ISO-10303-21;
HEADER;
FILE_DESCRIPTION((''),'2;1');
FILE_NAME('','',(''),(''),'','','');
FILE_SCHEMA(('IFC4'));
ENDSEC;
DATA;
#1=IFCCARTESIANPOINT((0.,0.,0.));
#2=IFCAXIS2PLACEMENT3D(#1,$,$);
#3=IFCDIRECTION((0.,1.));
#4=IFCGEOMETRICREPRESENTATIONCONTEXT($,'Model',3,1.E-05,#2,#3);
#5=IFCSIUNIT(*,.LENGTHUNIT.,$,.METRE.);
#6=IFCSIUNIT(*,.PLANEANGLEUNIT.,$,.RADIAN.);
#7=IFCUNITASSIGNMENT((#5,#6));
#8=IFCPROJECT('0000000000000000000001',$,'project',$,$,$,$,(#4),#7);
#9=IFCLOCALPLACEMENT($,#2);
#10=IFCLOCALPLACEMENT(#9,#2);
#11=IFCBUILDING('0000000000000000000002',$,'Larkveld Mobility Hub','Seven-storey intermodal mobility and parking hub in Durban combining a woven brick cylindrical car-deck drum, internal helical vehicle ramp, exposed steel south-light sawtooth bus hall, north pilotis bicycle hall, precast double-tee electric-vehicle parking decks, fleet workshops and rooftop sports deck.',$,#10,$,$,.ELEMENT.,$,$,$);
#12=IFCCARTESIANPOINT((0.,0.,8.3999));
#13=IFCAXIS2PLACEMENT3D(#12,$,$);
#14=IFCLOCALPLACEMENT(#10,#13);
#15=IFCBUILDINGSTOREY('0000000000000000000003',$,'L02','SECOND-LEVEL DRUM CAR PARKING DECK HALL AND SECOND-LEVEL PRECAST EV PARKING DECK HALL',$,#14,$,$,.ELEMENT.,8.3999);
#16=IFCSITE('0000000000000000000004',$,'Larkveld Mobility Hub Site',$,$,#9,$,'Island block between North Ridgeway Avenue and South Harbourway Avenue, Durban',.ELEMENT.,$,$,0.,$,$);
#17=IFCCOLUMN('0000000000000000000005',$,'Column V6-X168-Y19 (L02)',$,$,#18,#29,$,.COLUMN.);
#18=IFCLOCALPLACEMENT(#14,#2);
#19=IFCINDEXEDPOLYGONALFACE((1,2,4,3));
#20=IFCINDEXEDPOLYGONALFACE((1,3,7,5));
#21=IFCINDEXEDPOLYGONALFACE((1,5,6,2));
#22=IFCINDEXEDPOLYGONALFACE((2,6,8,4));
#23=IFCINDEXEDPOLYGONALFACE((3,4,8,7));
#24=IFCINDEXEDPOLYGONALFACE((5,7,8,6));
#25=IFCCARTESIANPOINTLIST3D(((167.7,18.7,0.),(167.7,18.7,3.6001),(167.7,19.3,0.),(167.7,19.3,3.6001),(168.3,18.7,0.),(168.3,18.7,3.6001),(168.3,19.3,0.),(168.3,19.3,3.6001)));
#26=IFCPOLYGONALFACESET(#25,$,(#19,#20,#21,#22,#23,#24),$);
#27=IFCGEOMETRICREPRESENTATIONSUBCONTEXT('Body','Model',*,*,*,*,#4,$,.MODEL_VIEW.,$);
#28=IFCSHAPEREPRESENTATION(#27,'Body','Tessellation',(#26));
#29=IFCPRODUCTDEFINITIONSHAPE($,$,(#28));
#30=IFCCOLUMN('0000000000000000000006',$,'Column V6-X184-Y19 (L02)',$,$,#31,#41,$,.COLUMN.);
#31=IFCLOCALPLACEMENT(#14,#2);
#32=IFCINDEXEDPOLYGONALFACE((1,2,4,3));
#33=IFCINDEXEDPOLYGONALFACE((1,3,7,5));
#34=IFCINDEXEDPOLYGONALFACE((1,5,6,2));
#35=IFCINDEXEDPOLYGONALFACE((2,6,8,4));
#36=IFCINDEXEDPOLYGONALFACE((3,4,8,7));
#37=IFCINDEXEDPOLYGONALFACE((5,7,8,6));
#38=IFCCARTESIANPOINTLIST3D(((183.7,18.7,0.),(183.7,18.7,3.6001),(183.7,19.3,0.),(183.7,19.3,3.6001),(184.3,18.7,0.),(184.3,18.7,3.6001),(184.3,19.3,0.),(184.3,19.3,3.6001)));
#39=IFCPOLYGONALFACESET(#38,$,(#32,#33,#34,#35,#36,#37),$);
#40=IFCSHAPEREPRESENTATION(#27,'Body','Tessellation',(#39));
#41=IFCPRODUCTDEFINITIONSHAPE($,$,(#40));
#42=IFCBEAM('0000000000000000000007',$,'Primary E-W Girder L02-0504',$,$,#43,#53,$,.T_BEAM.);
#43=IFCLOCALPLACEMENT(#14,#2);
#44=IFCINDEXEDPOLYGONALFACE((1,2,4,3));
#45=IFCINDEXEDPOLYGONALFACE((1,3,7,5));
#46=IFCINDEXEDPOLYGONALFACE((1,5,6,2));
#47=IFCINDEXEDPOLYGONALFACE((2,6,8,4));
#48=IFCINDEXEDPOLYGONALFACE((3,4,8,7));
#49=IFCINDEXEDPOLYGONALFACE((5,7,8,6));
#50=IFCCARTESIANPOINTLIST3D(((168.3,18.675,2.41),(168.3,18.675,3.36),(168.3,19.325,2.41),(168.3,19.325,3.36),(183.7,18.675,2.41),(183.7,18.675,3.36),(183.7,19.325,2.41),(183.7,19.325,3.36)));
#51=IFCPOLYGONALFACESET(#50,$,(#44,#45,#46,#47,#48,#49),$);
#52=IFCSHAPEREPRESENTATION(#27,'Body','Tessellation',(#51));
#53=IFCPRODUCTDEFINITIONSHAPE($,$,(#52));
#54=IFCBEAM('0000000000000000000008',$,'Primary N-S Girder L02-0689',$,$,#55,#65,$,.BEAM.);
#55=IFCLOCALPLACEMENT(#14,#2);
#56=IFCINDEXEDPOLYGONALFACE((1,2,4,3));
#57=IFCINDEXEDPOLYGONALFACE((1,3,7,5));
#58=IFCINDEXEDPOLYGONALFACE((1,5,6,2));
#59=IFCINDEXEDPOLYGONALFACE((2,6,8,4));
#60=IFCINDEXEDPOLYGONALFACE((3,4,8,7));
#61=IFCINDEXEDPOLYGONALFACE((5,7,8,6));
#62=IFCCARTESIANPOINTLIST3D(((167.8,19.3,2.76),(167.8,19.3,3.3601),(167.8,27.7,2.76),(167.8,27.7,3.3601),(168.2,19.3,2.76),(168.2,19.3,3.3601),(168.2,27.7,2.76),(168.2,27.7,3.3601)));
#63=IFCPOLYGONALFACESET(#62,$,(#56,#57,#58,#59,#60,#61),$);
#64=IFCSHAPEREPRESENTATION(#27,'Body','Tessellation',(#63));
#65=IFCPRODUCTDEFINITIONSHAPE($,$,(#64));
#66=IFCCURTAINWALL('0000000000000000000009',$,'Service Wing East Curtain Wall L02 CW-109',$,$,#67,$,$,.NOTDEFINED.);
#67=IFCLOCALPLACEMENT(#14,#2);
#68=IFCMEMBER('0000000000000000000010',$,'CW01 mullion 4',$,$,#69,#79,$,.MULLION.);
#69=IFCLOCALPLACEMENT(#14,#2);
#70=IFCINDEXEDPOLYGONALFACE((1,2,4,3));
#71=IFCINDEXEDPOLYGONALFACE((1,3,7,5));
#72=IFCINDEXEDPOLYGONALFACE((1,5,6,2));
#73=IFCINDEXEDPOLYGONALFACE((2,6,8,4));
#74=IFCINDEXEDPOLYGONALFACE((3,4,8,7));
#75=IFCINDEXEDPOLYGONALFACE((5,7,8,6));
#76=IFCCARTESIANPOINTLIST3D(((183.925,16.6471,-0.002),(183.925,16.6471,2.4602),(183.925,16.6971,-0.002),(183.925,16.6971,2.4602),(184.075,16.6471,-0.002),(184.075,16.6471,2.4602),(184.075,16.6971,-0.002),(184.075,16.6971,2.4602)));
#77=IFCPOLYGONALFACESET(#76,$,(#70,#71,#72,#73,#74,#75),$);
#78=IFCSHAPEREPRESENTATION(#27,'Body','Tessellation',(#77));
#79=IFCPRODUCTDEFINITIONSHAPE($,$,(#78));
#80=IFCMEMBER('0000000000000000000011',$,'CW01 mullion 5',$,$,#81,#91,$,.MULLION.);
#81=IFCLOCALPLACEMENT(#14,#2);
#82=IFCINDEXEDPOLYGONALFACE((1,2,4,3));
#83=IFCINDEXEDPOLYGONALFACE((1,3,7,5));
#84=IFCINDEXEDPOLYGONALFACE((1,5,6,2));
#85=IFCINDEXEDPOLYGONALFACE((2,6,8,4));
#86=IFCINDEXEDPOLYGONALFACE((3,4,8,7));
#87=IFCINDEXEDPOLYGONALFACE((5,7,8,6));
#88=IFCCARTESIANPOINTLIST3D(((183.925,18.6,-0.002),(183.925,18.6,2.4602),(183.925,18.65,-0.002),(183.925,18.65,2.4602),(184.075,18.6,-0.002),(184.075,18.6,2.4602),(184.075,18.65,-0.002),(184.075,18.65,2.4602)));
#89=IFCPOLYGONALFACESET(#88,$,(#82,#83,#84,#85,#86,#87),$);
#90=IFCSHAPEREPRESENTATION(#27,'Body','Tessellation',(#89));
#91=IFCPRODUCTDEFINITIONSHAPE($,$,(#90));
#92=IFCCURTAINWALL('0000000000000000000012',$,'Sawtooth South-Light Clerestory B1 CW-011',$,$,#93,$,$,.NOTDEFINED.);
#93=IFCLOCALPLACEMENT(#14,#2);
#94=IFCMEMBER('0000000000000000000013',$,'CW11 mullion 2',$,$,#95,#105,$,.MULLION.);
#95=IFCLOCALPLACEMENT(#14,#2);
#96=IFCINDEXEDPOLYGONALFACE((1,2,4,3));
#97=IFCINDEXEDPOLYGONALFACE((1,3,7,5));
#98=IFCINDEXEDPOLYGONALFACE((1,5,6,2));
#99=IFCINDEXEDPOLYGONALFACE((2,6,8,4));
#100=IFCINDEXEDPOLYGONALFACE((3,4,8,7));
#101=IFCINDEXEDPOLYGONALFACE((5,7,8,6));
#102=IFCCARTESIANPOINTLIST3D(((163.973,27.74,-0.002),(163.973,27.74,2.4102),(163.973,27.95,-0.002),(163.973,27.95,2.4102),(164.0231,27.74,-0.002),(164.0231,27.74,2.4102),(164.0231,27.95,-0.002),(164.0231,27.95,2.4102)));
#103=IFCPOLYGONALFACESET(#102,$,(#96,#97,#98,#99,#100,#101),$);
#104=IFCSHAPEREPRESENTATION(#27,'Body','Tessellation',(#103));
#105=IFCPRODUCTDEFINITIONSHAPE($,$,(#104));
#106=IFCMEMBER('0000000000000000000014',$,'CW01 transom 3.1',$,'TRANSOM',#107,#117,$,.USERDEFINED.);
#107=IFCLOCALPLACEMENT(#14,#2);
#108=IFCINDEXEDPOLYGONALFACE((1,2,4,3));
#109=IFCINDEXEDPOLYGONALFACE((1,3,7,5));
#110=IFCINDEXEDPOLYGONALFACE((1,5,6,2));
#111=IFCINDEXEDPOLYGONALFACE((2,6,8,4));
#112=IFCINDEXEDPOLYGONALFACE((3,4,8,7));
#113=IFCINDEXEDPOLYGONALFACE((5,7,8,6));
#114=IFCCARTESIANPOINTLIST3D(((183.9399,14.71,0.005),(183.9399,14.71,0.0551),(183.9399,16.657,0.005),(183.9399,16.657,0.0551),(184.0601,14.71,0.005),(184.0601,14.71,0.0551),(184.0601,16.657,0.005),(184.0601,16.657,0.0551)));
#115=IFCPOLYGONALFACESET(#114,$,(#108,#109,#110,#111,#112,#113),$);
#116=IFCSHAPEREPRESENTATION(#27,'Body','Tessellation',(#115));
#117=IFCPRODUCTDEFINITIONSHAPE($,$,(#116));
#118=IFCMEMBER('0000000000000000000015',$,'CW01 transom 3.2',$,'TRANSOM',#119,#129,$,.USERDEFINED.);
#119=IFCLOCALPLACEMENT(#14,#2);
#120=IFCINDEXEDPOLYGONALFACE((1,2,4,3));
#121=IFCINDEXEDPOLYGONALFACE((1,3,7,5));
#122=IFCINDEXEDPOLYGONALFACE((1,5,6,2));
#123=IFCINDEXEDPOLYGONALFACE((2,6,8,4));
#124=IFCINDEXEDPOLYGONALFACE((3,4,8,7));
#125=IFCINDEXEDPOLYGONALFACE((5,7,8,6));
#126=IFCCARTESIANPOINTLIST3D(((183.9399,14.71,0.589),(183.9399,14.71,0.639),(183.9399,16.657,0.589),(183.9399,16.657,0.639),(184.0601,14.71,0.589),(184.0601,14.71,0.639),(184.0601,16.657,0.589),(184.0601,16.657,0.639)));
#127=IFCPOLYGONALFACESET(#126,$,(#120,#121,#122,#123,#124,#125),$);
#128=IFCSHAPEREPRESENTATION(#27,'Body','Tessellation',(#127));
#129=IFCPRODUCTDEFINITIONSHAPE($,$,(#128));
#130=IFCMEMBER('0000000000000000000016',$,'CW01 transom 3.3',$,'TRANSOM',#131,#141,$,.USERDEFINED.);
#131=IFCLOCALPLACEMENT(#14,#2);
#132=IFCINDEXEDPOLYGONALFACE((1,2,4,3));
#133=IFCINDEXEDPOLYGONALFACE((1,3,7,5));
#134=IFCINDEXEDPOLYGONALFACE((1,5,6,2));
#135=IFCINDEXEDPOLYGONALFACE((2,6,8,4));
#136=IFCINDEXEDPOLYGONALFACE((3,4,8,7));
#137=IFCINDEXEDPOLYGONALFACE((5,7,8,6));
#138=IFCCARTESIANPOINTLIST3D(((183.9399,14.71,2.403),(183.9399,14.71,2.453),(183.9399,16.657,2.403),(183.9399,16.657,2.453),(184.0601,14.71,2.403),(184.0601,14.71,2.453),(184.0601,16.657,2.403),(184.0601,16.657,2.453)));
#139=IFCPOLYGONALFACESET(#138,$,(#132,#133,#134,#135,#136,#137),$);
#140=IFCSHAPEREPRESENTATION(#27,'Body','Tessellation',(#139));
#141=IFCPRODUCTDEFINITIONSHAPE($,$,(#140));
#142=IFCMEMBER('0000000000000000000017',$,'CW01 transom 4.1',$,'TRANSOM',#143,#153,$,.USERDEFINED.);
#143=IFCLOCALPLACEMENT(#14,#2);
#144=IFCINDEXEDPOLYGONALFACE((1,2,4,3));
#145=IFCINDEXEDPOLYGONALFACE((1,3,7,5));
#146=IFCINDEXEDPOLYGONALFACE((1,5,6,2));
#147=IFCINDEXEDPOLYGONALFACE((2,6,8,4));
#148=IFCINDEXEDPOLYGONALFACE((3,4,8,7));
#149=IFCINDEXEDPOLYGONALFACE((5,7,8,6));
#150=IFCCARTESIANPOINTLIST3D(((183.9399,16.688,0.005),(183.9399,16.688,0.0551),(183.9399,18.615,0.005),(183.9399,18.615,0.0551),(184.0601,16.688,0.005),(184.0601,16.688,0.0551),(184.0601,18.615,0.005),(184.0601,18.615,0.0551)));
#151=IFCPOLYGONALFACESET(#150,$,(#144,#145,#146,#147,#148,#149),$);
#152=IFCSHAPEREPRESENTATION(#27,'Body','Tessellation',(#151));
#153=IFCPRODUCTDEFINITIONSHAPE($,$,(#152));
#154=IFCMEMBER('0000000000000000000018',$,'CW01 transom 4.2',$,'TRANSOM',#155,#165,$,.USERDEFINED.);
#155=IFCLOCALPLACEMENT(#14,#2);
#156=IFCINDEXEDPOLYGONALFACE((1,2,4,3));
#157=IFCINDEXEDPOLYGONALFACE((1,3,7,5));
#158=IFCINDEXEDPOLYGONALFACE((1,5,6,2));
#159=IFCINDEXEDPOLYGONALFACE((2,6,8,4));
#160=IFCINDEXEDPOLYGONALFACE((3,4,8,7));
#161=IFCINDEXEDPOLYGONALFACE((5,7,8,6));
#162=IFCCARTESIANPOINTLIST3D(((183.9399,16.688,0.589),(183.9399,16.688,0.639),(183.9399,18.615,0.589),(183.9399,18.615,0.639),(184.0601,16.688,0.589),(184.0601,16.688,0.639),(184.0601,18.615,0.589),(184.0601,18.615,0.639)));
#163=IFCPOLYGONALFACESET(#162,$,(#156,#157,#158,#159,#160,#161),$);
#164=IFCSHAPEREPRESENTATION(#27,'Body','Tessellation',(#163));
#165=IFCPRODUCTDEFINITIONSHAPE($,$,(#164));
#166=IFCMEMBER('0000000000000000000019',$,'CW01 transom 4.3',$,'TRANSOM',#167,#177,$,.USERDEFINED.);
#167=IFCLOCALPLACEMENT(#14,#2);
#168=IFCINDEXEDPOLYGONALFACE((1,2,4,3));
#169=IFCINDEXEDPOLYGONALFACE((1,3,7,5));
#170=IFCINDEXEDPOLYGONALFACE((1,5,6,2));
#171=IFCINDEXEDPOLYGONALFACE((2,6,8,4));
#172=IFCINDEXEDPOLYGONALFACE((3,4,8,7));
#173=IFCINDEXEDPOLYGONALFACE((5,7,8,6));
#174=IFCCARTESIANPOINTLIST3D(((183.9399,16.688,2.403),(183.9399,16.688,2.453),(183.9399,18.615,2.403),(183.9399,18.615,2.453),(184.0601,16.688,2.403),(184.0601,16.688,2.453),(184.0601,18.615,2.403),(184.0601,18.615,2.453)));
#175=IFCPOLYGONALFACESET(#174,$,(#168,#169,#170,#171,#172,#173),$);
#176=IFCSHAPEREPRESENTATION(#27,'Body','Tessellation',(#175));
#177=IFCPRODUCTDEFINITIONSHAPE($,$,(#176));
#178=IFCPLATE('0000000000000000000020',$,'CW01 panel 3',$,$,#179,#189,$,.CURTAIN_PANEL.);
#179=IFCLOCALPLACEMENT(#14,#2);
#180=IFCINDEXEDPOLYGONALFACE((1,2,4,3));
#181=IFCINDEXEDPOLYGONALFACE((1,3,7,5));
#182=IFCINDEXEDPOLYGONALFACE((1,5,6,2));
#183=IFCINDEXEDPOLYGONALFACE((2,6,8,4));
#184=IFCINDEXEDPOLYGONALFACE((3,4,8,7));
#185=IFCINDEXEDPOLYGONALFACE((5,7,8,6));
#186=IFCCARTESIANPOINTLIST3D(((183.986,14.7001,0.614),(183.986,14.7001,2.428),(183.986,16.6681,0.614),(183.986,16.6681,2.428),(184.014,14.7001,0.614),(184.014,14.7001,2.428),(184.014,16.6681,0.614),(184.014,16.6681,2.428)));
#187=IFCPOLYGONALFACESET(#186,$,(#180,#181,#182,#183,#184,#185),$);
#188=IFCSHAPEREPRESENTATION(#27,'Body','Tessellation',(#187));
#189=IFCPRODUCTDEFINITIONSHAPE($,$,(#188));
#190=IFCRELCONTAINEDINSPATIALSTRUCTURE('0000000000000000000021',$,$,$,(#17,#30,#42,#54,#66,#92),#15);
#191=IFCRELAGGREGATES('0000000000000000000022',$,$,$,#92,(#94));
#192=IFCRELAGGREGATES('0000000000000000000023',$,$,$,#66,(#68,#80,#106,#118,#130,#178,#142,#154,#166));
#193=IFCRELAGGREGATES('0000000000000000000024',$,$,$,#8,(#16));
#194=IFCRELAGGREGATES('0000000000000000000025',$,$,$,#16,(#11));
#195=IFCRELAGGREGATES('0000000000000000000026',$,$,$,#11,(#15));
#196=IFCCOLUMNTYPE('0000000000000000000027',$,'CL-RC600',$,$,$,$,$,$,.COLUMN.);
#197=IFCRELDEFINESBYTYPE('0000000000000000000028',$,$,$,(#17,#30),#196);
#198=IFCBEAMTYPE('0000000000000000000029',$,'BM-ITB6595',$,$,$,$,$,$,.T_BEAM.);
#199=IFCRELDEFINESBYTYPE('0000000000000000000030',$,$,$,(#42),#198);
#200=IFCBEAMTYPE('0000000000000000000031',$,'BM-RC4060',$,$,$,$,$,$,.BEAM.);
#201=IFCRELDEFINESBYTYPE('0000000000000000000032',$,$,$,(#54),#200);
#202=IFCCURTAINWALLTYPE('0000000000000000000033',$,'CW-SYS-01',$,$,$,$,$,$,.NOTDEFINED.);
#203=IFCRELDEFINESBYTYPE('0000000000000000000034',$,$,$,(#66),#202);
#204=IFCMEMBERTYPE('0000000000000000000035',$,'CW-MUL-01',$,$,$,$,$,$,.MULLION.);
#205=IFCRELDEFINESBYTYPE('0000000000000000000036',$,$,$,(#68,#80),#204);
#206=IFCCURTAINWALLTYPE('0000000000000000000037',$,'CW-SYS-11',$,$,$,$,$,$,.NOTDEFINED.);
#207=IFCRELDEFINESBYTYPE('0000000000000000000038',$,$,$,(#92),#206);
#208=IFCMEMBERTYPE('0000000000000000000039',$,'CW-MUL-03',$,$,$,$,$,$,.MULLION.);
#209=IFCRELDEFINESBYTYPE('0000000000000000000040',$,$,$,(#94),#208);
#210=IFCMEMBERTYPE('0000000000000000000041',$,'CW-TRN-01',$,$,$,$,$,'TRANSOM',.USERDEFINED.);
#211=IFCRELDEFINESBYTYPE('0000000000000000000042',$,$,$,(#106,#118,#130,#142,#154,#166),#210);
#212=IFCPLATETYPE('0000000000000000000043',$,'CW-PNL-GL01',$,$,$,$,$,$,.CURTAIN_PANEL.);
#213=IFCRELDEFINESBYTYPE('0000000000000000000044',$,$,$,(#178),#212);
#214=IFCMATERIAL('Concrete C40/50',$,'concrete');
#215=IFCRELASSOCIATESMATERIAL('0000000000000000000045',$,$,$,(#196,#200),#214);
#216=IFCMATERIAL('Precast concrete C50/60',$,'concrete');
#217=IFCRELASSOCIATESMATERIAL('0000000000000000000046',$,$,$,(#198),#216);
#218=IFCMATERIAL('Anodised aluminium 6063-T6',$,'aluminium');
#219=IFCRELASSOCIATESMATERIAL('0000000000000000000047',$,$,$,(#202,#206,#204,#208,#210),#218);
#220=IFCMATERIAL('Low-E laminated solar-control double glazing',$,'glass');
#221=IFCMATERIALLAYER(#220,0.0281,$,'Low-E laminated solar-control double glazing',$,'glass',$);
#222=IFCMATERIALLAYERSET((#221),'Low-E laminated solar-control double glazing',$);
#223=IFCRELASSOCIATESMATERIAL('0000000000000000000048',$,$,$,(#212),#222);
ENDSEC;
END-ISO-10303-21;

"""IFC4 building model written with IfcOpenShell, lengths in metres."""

from ifc_helpers import new_model, si_unit, direction, frame, origin, origin_2d, place, context, subcontext, project, spatial, rectangle, extrude, material, layer, layer_set, material_profile, profile_set, type_object, element, aggregate, save


model = new_model("IFC4")

# Units and contexts
model_context = context("Model", 3, precision=1e-05, world=origin(), true_north=direction((0.0, 1.0)))
body_context = subcontext(model_context, "Body", "Model", "MODEL_VIEW")
ifc_project = project(units=[si_unit("LENGTHUNIT", "METRE"), si_unit("PLANEANGLEUNIT", "RADIAN")], contexts=[model_context])

# Site, building, storey
site_placement = place(None, origin())
site = spatial("IfcSite", under=ifc_project, at=site_placement, Name="Larkveld Mobility Hub Site", LongName="Island block between North Ridgeway Avenue and South Harbourway Avenue, Durban", CompositionType="ELEMENT", RefElevation=0.0)
building_placement = place(site_placement, origin())
building = spatial("IfcBuilding", under=site, at=building_placement, Name="Larkveld Mobility Hub", Description="Seven-storey intermodal mobility and parking hub in Durban combining a woven brick cylindrical car-deck drum, internal helical vehicle ramp, exposed steel south-light sawtooth bus hall, north pilotis bicycle hall, precast double-tee electric-vehicle parking decks, fleet workshops and rooftop sports deck.", CompositionType="ELEMENT")
storey_placement = place(building_placement, frame((0.0, 0.0, 8.3999)))
storey = spatial("IfcBuildingStorey", under=building, at=storey_placement, Name="L02", Description="SECOND-LEVEL DRUM CAR PARKING DECK HALL AND SECOND-LEVEL PRECAST EV PARKING DECK HALL", CompositionType="ELEMENT", Elevation=8.3999)

# Columns
ifc_material_1 = material(Name="Concrete C40/50", Category="concrete")
ifc_material_profile_1 = material_profile(ifc_material_1, rectangle(XDim=0.6001, YDim=0.6001, at=origin_2d()), Name="RC COL 600x600")
ifc_profile_set_1 = profile_set([ifc_material_profile_1], Name="Concrete C40/50")
column_type = type_object("IfcColumnType", Name="CL-RC600", PredefinedType="COLUMN", material=ifc_profile_set_1)
for number, where, z_axis, x_axis, name in (
    (1, (168.0, 19.0, 0.0), (0.0, 0.0, 1.0), (1.0, 0.0, 0.0), "Column V6-X168-Y19 (L02)"),
    (2, (184.0, 19.0, 0.0), (0.0, 0.0, 1.0), (1.0, 0.0, 0.0), "Column V6-X184-Y19 (L02)"),
):
    element("IfcColumn", number, at=place(storey_placement, frame(where, z_axis=z_axis, x_axis=x_axis)), inside=storey, type_object=column_type, Name=name, PredefinedType="COLUMN", context=body_context, shape_type="SweptSolid", body=[
        extrude(rectangle(XDim=0.6001, YDim=0.6001, at=origin_2d()), origin(), (0.0, 0.0, 1.0), 3.6001),
    ])

# Beams
ifc_material_2 = material(Name="Precast concrete C50/60", Category="concrete")
ifc_material_profile_2 = material_profile(ifc_material_2, rectangle(XDim=0.6499, YDim=0.95, at=origin_2d()), Name="PC ITB 650x950")
ifc_profile_set_2 = profile_set([ifc_material_profile_2], Name="Precast concrete C50/60")
beam_type_1 = type_object("IfcBeamType", Name="BM-ITB6595", PredefinedType="T_BEAM", material=ifc_profile_set_2)
beam_1_placement = place(storey_placement, frame((168.3, 19.0, 2.885), z_axis=(1.0, 0.0, 0.0), x_axis=(0.0, 1.0, 0.0)))
element("IfcBeam", 3, at=beam_1_placement, inside=storey, type_object=beam_type_1, Name="Primary E-W Girder L02-0504", PredefinedType="T_BEAM", context=body_context, shape_type="SweptSolid", body=[
    extrude(rectangle(XDim=0.6499, YDim=0.95, at=origin_2d()), origin(), (0.0, 0.0, 1.0), 15.3999),
])
ifc_material_profile_3 = material_profile(ifc_material_1, rectangle(XDim=0.3999, YDim=0.6001, at=origin_2d()), Name="RC BM 400x600")
ifc_profile_set_3 = profile_set([ifc_material_profile_3], Name="Concrete C40/50")
beam_type_2 = type_object("IfcBeamType", Name="BM-RC4060", PredefinedType="BEAM", material=ifc_profile_set_3)
beam_2_placement = place(storey_placement, frame((168.0, 19.3, 3.0601), z_axis=(0.0, 1.0, 0.0), x_axis=(-1.0, 0.0, 0.0)))
element("IfcBeam", 4, at=beam_2_placement, inside=storey, type_object=beam_type_2, Name="Primary N-S Girder L02-0689", PredefinedType="BEAM", context=body_context, shape_type="SweptSolid", body=[
    extrude(rectangle(XDim=0.3999, YDim=0.6001, at=origin_2d()), origin(), (0.0, 0.0, 1.0), 8.3999),
])

# Curtain wall, members
ifc_material_3 = material(Name="Anodised aluminium 6063-T6", Category="aluminium")
curtain_wall_type_1 = type_object("IfcCurtainWallType", Name="CW-SYS-01", PredefinedType="NOTDEFINED", material=ifc_material_3)
curtain_wall_1_placement = place(storey_placement, origin())
curtain_wall_1 = element("IfcCurtainWall", 5, at=curtain_wall_1_placement, inside=storey, type_object=curtain_wall_type_1, Name="Service Wing East Curtain Wall L02 CW-109", PredefinedType="NOTDEFINED")
ifc_material_profile_4 = material_profile(ifc_material_3, rectangle(XDim=0.05, YDim=0.1499, at=origin_2d()), Name="ALU MULL 50x150")
ifc_profile_set_4 = profile_set([ifc_material_profile_4], Name="Anodised aluminium 6063-T6")
member_type_1 = type_object("IfcMemberType", Name="CW-MUL-01", PredefinedType="MULLION", material=ifc_profile_set_4)
member_1_placement = place(storey_placement, frame((184.0, 16.6721, -0.002), z_axis=(0.0, 0.0, 1.0), x_axis=(0.0, 1.0, 0.0)))
member_1 = element("IfcMember", 6, at=member_1_placement, type_object=member_type_1, Name="CW01 mullion 4", PredefinedType="MULLION", context=body_context, shape_type="SweptSolid", body=[
    extrude(rectangle(XDim=0.05, YDim=0.1499, at=origin_2d()), origin(), (0.0, 0.0, 1.0), 2.4622),
])
member_2_placement = place(storey_placement, frame((184.0, 18.625, -0.002), z_axis=(0.0, 0.0, 1.0), x_axis=(0.0, 1.0, 0.0)))
member_2 = element("IfcMember", 7, at=member_2_placement, type_object=member_type_1, Name="CW01 mullion 5", PredefinedType="MULLION", context=body_context, shape_type="SweptSolid", body=[
    extrude(rectangle(XDim=0.05, YDim=0.1499, at=origin_2d()), origin(), (0.0, 0.0, 1.0), 2.4622),
])

# Curtain wall, member
curtain_wall_type_2 = type_object("IfcCurtainWallType", Name="CW-SYS-11", PredefinedType="NOTDEFINED", material=ifc_material_3)
curtain_wall_2_placement = place(storey_placement, origin())
curtain_wall_2 = element("IfcCurtainWall", 8, at=curtain_wall_2_placement, inside=storey, type_object=curtain_wall_type_2, Name="Sawtooth South-Light Clerestory B1 CW-011", PredefinedType="NOTDEFINED")
ifc_material_profile_5 = material_profile(ifc_material_3, rectangle(XDim=0.05, YDim=0.21, at=origin_2d()), Name="ALU MULL 50x210")
ifc_profile_set_5 = profile_set([ifc_material_profile_5], Name="Anodised aluminium 6063-T6")
member_type_2 = type_object("IfcMemberType", Name="CW-MUL-03", PredefinedType="MULLION", material=ifc_profile_set_5)
member_3_placement = place(storey_placement, frame((163.998, 27.845, -0.002), z_axis=(0.0, 0.0, 1.0), x_axis=(1.0, 0.0, 0.0)))
member_3 = element("IfcMember", 9, at=member_3_placement, type_object=member_type_2, Name="CW11 mullion 2", PredefinedType="MULLION", context=body_context, shape_type="SweptSolid", body=[
    extrude(rectangle(XDim=0.05, YDim=0.21, at=origin_2d()), origin(), (0.0, 0.0, 1.0), 2.4121),
])
aggregate(curtain_wall_2, [member_3])

# Members
ifc_material_profile_6 = material_profile(ifc_material_3, rectangle(XDim=0.1201, YDim=0.05, at=origin_2d()), Name="ALU TRAN 50x120")
ifc_profile_set_6 = profile_set([ifc_material_profile_6], Name="Anodised aluminium 6063-T6")
member_type_3 = type_object("IfcMemberType", Name="CW-TRN-01", ElementType="TRANSOM", PredefinedType="USERDEFINED", material=ifc_profile_set_6)
member_4_placement = place(storey_placement, frame((184.0, 14.71, 0.03), z_axis=(0.0, 1.0, 0.0), x_axis=(-1.0, 0.0, 0.0)))
member_4 = element("IfcMember", 10, at=member_4_placement, type_object=member_type_3, Name="CW01 transom 3.1", ObjectType="TRANSOM", PredefinedType="USERDEFINED", context=body_context, shape_type="SweptSolid", body=[
    extrude(rectangle(XDim=0.1201, YDim=0.05, at=origin_2d()), origin(), (0.0, 0.0, 1.0), 1.947),
])
member_5_placement = place(storey_placement, frame((184.0, 14.71, 0.614), z_axis=(0.0, 1.0, 0.0), x_axis=(-1.0, 0.0, 0.0)))
member_5 = element("IfcMember", 11, at=member_5_placement, type_object=member_type_3, Name="CW01 transom 3.2", ObjectType="TRANSOM", PredefinedType="USERDEFINED", context=body_context, shape_type="SweptSolid", body=[
    extrude(rectangle(XDim=0.1201, YDim=0.05, at=origin_2d()), origin(), (0.0, 0.0, 1.0), 1.947),
])
member_6_placement = place(storey_placement, frame((184.0, 14.71, 2.428), z_axis=(0.0, 1.0, 0.0), x_axis=(-1.0, 0.0, 0.0)))
member_6 = element("IfcMember", 12, at=member_6_placement, type_object=member_type_3, Name="CW01 transom 3.3", ObjectType="TRANSOM", PredefinedType="USERDEFINED", context=body_context, shape_type="SweptSolid", body=[
    extrude(rectangle(XDim=0.1201, YDim=0.05, at=origin_2d()), origin(), (0.0, 0.0, 1.0), 1.947),
])
member_7_placement = place(storey_placement, frame((184.0, 16.688, 0.03), z_axis=(0.0, 1.0, 0.0), x_axis=(-1.0, 0.0, 0.0)))
member_7 = element("IfcMember", 13, at=member_7_placement, type_object=member_type_3, Name="CW01 transom 4.1", ObjectType="TRANSOM", PredefinedType="USERDEFINED", context=body_context, shape_type="SweptSolid", body=[
    extrude(rectangle(XDim=0.1201, YDim=0.05, at=origin_2d()), origin(), (0.0, 0.0, 1.0), 1.927),
])
member_8_placement = place(storey_placement, frame((184.0, 16.688, 0.614), z_axis=(0.0, 1.0, 0.0), x_axis=(-1.0, 0.0, 0.0)))
member_8 = element("IfcMember", 14, at=member_8_placement, type_object=member_type_3, Name="CW01 transom 4.2", ObjectType="TRANSOM", PredefinedType="USERDEFINED", context=body_context, shape_type="SweptSolid", body=[
    extrude(rectangle(XDim=0.1201, YDim=0.05, at=origin_2d()), origin(), (0.0, 0.0, 1.0), 1.927),
])
member_9_placement = place(storey_placement, frame((184.0, 16.688, 2.428), z_axis=(0.0, 1.0, 0.0), x_axis=(-1.0, 0.0, 0.0)))
member_9 = element("IfcMember", 15, at=member_9_placement, type_object=member_type_3, Name="CW01 transom 4.3", ObjectType="TRANSOM", PredefinedType="USERDEFINED", context=body_context, shape_type="SweptSolid", body=[
    extrude(rectangle(XDim=0.1201, YDim=0.05, at=origin_2d()), origin(), (0.0, 0.0, 1.0), 1.927),
])

# Plate
ifc_material_4 = material(Name="Low-E laminated solar-control double glazing", Category="glass")
ifc_layer_1 = layer(ifc_material_4, 0.0281, Name="Low-E laminated solar-control double glazing", Category="glass")
ifc_layer_set_1 = layer_set([ifc_layer_1], Name="Low-E laminated solar-control double glazing")
plate_type_1 = type_object("IfcPlateType", Name="CW-PNL-GL01", PredefinedType="CURTAIN_PANEL", material=ifc_layer_set_1)
plate_1_placement = place(storey_placement, frame((184.0, 15.6841, 0.614), z_axis=(0.0, 0.0, 1.0), x_axis=(0.0, 1.0, 0.0)))
plate_1 = element("IfcPlate", 16, at=plate_1_placement, type_object=plate_type_1, Name="CW01 panel 3", PredefinedType="CURTAIN_PANEL", context=body_context, shape_type="SweptSolid", body=[
    extrude(rectangle(XDim=1.968, YDim=0.0281, at=origin_2d()), origin(), (0.0, 0.0, 1.0), 1.814),
])
aggregate(curtain_wall_1, [member_1, member_2, member_4, member_5, member_6, plate_1, member_7, member_8, member_9])

save(model, "model.ifc")
